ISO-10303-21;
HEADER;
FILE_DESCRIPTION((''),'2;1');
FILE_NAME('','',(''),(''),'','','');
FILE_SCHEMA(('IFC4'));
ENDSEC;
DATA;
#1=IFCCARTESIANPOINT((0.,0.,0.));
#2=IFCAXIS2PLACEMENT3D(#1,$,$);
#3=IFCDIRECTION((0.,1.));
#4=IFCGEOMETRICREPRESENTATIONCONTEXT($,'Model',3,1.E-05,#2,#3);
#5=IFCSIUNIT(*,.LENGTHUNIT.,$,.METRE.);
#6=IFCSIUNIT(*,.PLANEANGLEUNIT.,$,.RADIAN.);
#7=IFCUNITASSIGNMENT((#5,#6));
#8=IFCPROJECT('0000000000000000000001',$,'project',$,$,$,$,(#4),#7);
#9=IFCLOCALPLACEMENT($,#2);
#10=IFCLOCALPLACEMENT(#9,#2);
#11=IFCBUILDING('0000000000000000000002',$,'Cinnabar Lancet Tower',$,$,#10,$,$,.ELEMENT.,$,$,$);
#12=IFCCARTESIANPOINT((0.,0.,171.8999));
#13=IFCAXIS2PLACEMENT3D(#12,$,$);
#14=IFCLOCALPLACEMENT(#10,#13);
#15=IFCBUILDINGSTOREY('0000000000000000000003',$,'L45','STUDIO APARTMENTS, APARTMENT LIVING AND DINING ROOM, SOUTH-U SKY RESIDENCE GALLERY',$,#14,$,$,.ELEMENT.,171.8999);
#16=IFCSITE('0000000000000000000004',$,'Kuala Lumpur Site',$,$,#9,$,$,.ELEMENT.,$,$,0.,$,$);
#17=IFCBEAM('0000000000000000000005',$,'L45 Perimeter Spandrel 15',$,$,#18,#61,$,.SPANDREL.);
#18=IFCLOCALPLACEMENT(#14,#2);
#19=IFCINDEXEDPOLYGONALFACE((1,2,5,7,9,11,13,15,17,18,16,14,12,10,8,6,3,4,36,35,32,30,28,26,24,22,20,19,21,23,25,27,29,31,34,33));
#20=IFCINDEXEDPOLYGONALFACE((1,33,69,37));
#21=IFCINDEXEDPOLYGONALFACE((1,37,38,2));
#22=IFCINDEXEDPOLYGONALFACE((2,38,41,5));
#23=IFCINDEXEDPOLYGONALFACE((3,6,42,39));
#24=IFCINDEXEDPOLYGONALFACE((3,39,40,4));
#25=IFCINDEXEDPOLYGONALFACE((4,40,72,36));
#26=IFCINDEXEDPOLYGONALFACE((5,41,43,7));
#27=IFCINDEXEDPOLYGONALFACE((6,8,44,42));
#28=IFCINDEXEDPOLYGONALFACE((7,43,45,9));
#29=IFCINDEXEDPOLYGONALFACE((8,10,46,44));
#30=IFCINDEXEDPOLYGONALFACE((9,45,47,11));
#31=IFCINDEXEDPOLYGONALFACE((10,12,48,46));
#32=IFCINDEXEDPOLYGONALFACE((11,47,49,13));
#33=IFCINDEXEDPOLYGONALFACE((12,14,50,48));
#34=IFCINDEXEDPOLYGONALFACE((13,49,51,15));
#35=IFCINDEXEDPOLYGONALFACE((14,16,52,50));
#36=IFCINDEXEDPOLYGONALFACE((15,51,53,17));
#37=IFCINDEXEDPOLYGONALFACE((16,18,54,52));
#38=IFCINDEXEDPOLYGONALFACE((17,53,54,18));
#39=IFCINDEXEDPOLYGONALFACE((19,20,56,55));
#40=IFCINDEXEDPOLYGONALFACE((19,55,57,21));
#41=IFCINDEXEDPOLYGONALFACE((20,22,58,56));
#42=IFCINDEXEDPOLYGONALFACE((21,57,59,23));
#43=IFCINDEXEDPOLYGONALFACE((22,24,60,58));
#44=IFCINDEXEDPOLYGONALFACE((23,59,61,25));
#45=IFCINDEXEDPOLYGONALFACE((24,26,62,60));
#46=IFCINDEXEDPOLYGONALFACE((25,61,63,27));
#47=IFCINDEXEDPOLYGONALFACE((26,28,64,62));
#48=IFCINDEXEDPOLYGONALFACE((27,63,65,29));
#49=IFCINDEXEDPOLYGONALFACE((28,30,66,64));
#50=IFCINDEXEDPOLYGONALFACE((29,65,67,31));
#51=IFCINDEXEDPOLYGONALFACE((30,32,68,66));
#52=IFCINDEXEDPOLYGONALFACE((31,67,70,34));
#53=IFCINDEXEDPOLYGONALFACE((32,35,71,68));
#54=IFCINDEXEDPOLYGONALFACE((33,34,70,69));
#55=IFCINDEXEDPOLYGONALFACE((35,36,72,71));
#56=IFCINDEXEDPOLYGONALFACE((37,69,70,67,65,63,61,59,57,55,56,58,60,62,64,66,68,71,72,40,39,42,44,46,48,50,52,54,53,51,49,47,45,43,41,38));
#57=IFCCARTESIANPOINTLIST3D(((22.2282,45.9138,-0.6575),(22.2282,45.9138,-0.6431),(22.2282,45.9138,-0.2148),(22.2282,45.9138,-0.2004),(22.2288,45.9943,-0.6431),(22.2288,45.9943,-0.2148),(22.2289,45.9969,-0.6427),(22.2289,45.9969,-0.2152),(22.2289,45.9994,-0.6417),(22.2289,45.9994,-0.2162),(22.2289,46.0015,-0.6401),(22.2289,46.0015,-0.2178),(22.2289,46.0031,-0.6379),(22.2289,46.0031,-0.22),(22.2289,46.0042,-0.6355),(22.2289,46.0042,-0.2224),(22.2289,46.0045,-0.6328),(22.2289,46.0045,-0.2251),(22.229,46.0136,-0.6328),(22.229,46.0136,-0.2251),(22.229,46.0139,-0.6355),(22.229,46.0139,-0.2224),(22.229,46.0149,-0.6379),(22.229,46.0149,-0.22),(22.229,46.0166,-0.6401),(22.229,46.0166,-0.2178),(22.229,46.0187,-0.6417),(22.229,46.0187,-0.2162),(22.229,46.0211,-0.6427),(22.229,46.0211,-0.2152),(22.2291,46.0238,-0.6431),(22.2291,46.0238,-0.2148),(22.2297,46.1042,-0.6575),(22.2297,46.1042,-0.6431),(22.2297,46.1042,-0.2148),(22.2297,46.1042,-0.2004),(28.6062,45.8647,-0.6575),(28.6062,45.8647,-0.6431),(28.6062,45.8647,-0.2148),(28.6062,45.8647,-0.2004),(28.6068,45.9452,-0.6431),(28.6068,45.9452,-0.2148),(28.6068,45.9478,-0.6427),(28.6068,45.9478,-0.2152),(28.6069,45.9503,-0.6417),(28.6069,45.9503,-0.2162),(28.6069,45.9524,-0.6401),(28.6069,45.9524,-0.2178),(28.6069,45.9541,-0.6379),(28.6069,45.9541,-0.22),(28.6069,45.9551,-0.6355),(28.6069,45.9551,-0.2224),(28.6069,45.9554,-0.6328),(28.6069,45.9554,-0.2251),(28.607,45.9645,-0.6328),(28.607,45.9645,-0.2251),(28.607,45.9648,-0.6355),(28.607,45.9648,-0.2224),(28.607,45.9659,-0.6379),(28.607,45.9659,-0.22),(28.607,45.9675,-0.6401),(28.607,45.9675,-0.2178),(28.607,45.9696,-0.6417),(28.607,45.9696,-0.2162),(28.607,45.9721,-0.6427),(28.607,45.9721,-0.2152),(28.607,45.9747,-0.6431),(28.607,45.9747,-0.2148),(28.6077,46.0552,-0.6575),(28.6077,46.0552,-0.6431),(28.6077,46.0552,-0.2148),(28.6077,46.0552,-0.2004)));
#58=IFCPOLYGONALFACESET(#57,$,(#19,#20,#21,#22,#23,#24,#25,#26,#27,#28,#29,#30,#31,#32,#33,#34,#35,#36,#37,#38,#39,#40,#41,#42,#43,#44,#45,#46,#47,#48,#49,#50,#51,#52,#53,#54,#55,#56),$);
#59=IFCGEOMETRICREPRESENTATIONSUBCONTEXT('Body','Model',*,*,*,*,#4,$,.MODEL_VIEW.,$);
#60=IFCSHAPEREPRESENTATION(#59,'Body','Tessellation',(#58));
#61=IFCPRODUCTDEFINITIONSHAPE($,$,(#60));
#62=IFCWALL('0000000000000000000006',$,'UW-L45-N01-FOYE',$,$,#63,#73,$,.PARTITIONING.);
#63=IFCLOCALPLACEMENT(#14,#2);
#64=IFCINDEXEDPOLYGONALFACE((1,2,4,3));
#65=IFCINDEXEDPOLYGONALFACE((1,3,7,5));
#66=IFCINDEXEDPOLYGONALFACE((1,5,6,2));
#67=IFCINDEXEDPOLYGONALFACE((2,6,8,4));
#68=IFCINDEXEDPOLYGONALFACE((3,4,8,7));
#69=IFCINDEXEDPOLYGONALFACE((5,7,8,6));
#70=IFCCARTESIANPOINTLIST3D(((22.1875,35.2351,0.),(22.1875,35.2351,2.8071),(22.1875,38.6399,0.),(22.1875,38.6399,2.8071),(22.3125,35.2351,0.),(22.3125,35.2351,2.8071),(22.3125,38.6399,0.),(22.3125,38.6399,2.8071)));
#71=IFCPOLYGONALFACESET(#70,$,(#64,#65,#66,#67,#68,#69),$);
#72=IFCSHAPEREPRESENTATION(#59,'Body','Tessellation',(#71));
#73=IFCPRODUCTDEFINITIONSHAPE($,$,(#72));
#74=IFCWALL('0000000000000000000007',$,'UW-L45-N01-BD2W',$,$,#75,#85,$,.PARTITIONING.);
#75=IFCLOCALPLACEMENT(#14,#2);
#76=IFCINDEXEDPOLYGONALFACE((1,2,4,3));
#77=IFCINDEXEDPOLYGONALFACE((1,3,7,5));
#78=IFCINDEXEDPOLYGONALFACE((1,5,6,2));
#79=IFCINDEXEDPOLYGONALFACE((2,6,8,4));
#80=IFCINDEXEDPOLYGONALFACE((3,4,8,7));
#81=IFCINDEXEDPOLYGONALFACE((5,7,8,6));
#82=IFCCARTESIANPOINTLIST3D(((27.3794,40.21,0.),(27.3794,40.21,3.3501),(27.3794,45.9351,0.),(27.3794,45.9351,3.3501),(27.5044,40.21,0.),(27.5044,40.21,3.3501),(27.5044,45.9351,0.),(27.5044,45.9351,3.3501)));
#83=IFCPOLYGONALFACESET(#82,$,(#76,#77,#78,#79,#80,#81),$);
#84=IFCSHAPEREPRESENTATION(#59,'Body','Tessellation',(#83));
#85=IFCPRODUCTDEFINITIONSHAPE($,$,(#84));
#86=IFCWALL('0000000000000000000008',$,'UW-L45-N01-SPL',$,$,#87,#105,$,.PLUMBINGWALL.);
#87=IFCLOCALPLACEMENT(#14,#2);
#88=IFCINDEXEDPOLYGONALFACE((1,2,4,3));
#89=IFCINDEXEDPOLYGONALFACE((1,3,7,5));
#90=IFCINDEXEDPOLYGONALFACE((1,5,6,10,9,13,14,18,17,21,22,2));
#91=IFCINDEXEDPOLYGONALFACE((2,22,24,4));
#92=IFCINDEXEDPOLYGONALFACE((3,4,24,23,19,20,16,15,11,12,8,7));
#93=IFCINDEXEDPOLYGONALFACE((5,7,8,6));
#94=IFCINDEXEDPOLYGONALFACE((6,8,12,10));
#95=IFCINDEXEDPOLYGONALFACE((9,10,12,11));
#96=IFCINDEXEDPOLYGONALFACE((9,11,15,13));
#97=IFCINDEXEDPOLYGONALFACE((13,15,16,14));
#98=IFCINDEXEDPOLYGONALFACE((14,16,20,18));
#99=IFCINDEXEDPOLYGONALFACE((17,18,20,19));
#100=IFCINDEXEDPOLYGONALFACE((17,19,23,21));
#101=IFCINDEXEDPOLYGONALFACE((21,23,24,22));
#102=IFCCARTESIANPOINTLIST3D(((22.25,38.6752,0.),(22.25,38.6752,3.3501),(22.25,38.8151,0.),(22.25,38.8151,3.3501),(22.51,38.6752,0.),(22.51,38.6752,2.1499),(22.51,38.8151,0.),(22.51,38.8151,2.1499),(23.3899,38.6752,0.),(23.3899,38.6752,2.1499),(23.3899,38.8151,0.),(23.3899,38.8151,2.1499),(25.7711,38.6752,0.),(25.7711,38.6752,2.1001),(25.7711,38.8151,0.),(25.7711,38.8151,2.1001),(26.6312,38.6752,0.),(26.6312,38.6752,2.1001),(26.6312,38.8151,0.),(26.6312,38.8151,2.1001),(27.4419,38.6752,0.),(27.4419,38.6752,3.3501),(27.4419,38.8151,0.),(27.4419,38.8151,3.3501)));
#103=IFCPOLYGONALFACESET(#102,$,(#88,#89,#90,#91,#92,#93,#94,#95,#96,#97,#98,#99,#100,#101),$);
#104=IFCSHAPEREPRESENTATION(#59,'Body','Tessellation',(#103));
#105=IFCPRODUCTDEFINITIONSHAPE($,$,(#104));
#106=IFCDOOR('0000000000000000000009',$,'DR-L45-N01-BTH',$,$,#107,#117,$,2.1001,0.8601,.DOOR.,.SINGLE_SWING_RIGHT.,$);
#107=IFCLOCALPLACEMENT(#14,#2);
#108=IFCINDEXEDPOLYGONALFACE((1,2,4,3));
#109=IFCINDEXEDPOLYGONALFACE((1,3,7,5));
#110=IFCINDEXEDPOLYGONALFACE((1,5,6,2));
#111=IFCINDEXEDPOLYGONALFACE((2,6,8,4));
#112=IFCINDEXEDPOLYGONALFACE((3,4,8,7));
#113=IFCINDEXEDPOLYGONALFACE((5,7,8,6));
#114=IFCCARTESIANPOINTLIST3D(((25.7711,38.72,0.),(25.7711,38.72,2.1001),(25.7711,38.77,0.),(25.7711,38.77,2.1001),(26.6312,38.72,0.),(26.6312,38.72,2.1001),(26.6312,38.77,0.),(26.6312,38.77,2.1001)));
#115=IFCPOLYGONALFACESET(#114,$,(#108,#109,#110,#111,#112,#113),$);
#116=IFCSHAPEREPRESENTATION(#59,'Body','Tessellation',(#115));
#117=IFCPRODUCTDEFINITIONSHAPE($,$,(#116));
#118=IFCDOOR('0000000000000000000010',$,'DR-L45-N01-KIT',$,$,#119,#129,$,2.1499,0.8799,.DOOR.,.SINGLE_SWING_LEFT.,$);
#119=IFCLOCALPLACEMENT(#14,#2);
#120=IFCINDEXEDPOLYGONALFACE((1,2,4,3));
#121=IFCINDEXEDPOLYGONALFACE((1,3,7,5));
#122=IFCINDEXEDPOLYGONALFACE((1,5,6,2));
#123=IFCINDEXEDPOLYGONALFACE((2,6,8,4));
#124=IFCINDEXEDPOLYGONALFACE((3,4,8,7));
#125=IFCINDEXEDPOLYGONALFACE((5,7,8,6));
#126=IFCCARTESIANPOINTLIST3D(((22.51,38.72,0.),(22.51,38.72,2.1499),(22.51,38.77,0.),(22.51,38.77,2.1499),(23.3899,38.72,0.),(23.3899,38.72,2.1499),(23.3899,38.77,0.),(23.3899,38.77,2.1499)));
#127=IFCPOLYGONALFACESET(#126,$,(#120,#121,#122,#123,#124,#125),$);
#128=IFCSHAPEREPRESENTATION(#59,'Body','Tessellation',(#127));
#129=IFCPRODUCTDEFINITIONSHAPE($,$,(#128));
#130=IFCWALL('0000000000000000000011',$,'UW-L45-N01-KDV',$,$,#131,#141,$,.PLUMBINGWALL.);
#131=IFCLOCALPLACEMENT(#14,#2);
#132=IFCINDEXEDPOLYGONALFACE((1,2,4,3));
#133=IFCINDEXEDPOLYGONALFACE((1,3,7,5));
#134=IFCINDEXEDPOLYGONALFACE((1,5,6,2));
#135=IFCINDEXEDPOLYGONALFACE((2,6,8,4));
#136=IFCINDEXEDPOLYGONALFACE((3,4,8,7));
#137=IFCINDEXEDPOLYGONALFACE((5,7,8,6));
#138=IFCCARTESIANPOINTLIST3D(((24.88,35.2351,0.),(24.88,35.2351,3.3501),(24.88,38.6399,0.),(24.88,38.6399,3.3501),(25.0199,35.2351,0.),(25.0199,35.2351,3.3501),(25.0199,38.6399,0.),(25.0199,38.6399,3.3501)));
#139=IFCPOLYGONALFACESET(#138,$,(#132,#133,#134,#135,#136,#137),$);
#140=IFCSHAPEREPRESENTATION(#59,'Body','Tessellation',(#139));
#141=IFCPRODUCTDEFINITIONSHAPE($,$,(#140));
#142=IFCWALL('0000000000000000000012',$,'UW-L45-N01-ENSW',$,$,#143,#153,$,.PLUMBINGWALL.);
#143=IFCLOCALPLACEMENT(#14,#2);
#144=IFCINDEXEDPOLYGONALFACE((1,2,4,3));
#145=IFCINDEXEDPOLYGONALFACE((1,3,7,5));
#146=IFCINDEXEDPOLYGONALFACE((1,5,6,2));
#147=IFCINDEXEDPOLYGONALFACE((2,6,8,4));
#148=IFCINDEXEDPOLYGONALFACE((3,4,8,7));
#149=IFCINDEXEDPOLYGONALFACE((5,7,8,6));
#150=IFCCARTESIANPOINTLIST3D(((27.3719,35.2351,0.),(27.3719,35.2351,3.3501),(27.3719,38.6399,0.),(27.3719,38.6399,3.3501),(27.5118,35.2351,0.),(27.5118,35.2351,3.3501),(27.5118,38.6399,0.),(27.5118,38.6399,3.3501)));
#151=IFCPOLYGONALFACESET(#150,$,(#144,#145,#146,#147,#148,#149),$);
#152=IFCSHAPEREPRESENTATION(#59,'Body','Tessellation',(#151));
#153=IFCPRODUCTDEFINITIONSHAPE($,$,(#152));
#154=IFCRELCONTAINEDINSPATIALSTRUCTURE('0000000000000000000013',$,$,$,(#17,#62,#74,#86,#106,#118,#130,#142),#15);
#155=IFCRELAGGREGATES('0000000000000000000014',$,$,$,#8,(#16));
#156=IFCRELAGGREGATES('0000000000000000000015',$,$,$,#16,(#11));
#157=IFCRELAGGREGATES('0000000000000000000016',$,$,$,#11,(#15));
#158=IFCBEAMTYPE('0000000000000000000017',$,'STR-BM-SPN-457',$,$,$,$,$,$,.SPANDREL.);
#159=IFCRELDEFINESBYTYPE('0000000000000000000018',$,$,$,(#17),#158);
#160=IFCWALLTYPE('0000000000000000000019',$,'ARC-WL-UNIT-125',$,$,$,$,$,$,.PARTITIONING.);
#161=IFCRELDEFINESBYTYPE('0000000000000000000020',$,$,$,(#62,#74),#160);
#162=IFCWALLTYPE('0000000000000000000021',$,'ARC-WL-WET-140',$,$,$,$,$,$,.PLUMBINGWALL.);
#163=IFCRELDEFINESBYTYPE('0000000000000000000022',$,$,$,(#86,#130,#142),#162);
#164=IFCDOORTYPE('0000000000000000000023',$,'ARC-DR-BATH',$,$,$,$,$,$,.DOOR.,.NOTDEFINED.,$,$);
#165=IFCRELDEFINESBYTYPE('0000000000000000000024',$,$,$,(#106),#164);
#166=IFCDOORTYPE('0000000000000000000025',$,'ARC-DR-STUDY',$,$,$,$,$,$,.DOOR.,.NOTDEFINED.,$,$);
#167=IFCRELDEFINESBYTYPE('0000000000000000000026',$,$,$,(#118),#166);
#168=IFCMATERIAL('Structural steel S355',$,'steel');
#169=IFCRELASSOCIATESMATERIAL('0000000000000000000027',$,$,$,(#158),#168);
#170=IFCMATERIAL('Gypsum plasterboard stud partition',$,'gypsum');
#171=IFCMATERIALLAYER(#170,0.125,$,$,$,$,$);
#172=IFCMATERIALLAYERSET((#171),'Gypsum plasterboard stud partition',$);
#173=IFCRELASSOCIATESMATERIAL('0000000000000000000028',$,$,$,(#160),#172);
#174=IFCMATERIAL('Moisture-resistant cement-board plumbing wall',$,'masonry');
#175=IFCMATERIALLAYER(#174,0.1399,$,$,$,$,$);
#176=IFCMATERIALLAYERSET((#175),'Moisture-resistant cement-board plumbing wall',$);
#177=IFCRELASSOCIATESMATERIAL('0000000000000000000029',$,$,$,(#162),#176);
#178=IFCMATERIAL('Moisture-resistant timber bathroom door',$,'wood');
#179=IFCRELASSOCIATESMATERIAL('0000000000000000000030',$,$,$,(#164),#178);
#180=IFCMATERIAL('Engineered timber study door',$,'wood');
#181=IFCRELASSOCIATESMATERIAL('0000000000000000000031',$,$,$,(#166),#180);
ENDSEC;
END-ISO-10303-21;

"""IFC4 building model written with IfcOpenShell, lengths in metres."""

from ifc_helpers import new_model, si_unit, direction, frame, frame_2d, origin, origin_2d, place, context, subcontext, project, spatial, rectangle, i_section, extrude, material, layer, layer_set, material_profile, profile_set, type_object, element, fill, save


model = new_model("IFC4")

# Units and contexts
model_context = context("Model", 3, precision=1e-05, world=origin(), true_north=direction((0.0, 1.0)))
body_context = subcontext(model_context, "Body", "Model", "MODEL_VIEW")
ifc_project = project(units=[si_unit("LENGTHUNIT", "METRE"), si_unit("PLANEANGLEUNIT", "RADIAN")], contexts=[model_context])

# Site, building, storey
site_placement = place(None, origin())
site = spatial("IfcSite", under=ifc_project, at=site_placement, Name="Kuala Lumpur Site", CompositionType="ELEMENT", RefElevation=0.0)
building_placement = place(site_placement, origin())
building = spatial("IfcBuilding", under=site, at=building_placement, Name="Cinnabar Lancet Tower", CompositionType="ELEMENT")
storey_placement = place(building_placement, frame((0.0, 0.0, 171.8999)))
storey = spatial("IfcBuildingStorey", under=building, at=storey_placement, Name="L45", Description="STUDIO APARTMENTS, APARTMENT LIVING AND DINING ROOM, SOUTH-U SKY RESIDENCE GALLERY", CompositionType="ELEMENT", Elevation=171.8999)

# Beam
ifc_material_1 = material(Name="Structural steel S355", Category="steel")
ifc_material_profile_1 = material_profile(ifc_material_1, i_section(OverallWidth=0.1904, OverallDepth=0.457, WebThickness=0.009, FlangeThickness=0.0144, FilletRadius=0.0103, at=origin_2d()), Name="UKB 457x191x74")
ifc_profile_set_1 = profile_set([ifc_material_profile_1], Name="Structural steel S355")
beam_type_1 = type_object("IfcBeamType", Name="STR-BM-SPN-457", PredefinedType="SPANDREL", material=ifc_profile_set_1)
beam_1_placement = place(storey_placement, frame((28.6069, 45.96, -0.429), z_axis=(-0.99997, 0.007694, 0.0), x_axis=(-0.007694, -0.99997, 0.0)))
element("IfcBeam", 1, at=beam_1_placement, inside=storey, type_object=beam_type_1, Name="L45 Perimeter Spandrel 15", PredefinedType="SPANDREL", context=body_context, shape_type="SweptSolid", body=[
    extrude(i_section(OverallWidth=0.1904, OverallDepth=0.457, WebThickness=0.009, FlangeThickness=0.0144, FilletRadius=0.0103, at=origin_2d()), origin(), (0.0, 0.0, 1.0), 6.3782),
])

# Walls
ifc_material_2 = material(Name="Gypsum plasterboard stud partition", Category="gypsum")
ifc_layer_1 = layer(ifc_material_2, 0.125)
ifc_layer_set_1 = layer_set([ifc_layer_1], Name="Gypsum plasterboard stud partition")
wall_type_1 = type_object("IfcWallType", Name="ARC-WL-UNIT-125", PredefinedType="PARTITIONING", material=ifc_layer_set_1)
wall_1_placement = place(storey_placement, frame((22.25, 35.2351, 0.0), z_axis=(0.0, 0.0, 1.0), x_axis=(0.0, 1.0, 0.0)))
element("IfcWall", 2, at=wall_1_placement, inside=storey, type_object=wall_type_1, Name="UW-L45-N01-FOYE", PredefinedType="PARTITIONING", context=body_context, shape_type="SweptSolid", body=[
    extrude(rectangle(XDim=3.4048, YDim=0.125, at=frame_2d((1.7024, 0.0))), origin(), (0.0, 0.0, 1.0), 2.8071),
])
wall_2_placement = place(storey_placement, frame((27.4419, 40.21, 0.0), z_axis=(0.0, 0.0, 1.0), x_axis=(0.0, 1.0, 0.0)))
element("IfcWall", 3, at=wall_2_placement, inside=storey, type_object=wall_type_1, Name="UW-L45-N01-BD2W", PredefinedType="PARTITIONING", context=body_context, shape_type="SweptSolid", body=[
    extrude(rectangle(XDim=5.7251, YDim=0.125, at=frame_2d((2.8625, 0.0))), origin(), (0.0, 0.0, 1.0), 3.3501),
])

# Wall, openings, doors
ifc_material_3 = material(Name="Moisture-resistant cement-board plumbing wall", Category="masonry")
ifc_layer_2 = layer(ifc_material_3, 0.1399)
ifc_layer_set_2 = layer_set([ifc_layer_2], Name="Moisture-resistant cement-board plumbing wall")
wall_type_2 = type_object("IfcWallType", Name="ARC-WL-WET-140", PredefinedType="PLUMBINGWALL", material=ifc_layer_set_2)
wall_3_placement = place(storey_placement, frame((22.25, 38.7451, 0.0), z_axis=(0.0, 0.0, 1.0), x_axis=(1.0, 0.0, 0.0)))
wall_3 = element("IfcWall", 4, at=wall_3_placement, inside=storey, type_object=wall_type_2, Name="UW-L45-N01-SPL", PredefinedType="PLUMBINGWALL", context=body_context, shape_type="SweptSolid", body=[
    extrude(rectangle(XDim=5.1919, YDim=0.1399, at=frame_2d((2.5959, 0.0))), origin(), (0.0, 0.0, 1.0), 3.3501),
])
opening_1_placement = place(wall_3_placement, frame((3.521, 0.0, 0.0)))
opening_1 = element("IfcOpeningElement", 5, at=opening_1_placement, cuts=wall_3, PredefinedType="OPENING", context=body_context, shape_type="SweptSolid", body=[
    extrude(rectangle(XDim=0.8601, YDim=2.1001, at=frame_2d((0.4302, 1.05))), frame((0.0, 0.0798, 0.0), z_axis=(0.0, -1.0, 0.0), x_axis=(1.0, 0.0, 0.0)), (0.0, 0.0, 1.0), 0.1599),
])
opening_2_placement = place(wall_3_placement, frame((0.26, 0.0, 0.0)))
opening_2 = element("IfcOpeningElement", 6, at=opening_2_placement, cuts=wall_3, PredefinedType="OPENING", context=body_context, shape_type="SweptSolid", body=[
    extrude(rectangle(XDim=0.8799, YDim=2.1499, at=frame_2d((0.4399, 1.075))), frame((0.0, 0.0798, 0.0), z_axis=(0.0, -1.0, 0.0), x_axis=(1.0, 0.0, 0.0)), (0.0, 0.0, 1.0), 0.1599),
])
ifc_material_4 = material(Name="Moisture-resistant timber bathroom door", Category="wood")
door_type_1 = type_object("IfcDoorType", Name="ARC-DR-BATH", OperationType="NOTDEFINED", PredefinedType="DOOR", material=ifc_material_4)
door_1_placement = place(opening_1_placement, origin())
door_1 = element("IfcDoor", 7, at=door_1_placement, inside=storey, type_object=door_type_1, Name="DR-L45-N01-BTH", OperationType="SINGLE_SWING_RIGHT", OverallHeight=2.1001, OverallWidth=0.8601, PredefinedType="DOOR", context=body_context, shape_type="SweptSolid", body=[
    extrude(rectangle(XDim=0.8601, YDim=2.1001, at=frame_2d((0.4302, 1.05))), frame((0.0, 0.0249, 0.0), z_axis=(0.0, -1.0, 0.0), x_axis=(1.0, 0.0, 0.0)), (0.0, 0.0, 1.0), 0.05),
])
fill(opening_1, door_1)
ifc_material_5 = material(Name="Engineered timber study door", Category="wood")
door_type_2 = type_object("IfcDoorType", Name="ARC-DR-STUDY", OperationType="NOTDEFINED", PredefinedType="DOOR", material=ifc_material_5)
door_2_placement = place(opening_2_placement, origin())
door_2 = element("IfcDoor", 8, at=door_2_placement, inside=storey, type_object=door_type_2, Name="DR-L45-N01-KIT", OperationType="SINGLE_SWING_LEFT", OverallHeight=2.1499, OverallWidth=0.8799, PredefinedType="DOOR", context=body_context, shape_type="SweptSolid", body=[
    extrude(rectangle(XDim=0.8799, YDim=2.1499, at=frame_2d((0.4399, 1.075))), frame((0.0, 0.0249, 0.0), z_axis=(0.0, -1.0, 0.0), x_axis=(1.0, 0.0, 0.0)), (0.0, 0.0, 1.0), 0.05),
])
fill(opening_2, door_2)

# Walls
for number, where, z_axis, x_axis, name in (
    (9, (24.95, 35.2351, 0.0), (0.0, 0.0, 1.0), (0.0, 1.0, 0.0), "UW-L45-N01-KDV"),
    (10, (27.4419, 35.2351, 0.0), (0.0, 0.0, 1.0), (0.0, 1.0, 0.0), "UW-L45-N01-ENSW"),
):
    element("IfcWall", number, at=place(storey_placement, frame(where, z_axis=z_axis, x_axis=x_axis)), inside=storey, type_object=wall_type_2, Name=name, PredefinedType="PLUMBINGWALL", context=body_context, shape_type="SweptSolid", body=[
        extrude(rectangle(XDim=3.4048, YDim=0.1399, at=frame_2d((1.7024, 0.0))), origin(), (0.0, 0.0, 1.0), 3.3501),
    ])

save(model, "model.ifc")
